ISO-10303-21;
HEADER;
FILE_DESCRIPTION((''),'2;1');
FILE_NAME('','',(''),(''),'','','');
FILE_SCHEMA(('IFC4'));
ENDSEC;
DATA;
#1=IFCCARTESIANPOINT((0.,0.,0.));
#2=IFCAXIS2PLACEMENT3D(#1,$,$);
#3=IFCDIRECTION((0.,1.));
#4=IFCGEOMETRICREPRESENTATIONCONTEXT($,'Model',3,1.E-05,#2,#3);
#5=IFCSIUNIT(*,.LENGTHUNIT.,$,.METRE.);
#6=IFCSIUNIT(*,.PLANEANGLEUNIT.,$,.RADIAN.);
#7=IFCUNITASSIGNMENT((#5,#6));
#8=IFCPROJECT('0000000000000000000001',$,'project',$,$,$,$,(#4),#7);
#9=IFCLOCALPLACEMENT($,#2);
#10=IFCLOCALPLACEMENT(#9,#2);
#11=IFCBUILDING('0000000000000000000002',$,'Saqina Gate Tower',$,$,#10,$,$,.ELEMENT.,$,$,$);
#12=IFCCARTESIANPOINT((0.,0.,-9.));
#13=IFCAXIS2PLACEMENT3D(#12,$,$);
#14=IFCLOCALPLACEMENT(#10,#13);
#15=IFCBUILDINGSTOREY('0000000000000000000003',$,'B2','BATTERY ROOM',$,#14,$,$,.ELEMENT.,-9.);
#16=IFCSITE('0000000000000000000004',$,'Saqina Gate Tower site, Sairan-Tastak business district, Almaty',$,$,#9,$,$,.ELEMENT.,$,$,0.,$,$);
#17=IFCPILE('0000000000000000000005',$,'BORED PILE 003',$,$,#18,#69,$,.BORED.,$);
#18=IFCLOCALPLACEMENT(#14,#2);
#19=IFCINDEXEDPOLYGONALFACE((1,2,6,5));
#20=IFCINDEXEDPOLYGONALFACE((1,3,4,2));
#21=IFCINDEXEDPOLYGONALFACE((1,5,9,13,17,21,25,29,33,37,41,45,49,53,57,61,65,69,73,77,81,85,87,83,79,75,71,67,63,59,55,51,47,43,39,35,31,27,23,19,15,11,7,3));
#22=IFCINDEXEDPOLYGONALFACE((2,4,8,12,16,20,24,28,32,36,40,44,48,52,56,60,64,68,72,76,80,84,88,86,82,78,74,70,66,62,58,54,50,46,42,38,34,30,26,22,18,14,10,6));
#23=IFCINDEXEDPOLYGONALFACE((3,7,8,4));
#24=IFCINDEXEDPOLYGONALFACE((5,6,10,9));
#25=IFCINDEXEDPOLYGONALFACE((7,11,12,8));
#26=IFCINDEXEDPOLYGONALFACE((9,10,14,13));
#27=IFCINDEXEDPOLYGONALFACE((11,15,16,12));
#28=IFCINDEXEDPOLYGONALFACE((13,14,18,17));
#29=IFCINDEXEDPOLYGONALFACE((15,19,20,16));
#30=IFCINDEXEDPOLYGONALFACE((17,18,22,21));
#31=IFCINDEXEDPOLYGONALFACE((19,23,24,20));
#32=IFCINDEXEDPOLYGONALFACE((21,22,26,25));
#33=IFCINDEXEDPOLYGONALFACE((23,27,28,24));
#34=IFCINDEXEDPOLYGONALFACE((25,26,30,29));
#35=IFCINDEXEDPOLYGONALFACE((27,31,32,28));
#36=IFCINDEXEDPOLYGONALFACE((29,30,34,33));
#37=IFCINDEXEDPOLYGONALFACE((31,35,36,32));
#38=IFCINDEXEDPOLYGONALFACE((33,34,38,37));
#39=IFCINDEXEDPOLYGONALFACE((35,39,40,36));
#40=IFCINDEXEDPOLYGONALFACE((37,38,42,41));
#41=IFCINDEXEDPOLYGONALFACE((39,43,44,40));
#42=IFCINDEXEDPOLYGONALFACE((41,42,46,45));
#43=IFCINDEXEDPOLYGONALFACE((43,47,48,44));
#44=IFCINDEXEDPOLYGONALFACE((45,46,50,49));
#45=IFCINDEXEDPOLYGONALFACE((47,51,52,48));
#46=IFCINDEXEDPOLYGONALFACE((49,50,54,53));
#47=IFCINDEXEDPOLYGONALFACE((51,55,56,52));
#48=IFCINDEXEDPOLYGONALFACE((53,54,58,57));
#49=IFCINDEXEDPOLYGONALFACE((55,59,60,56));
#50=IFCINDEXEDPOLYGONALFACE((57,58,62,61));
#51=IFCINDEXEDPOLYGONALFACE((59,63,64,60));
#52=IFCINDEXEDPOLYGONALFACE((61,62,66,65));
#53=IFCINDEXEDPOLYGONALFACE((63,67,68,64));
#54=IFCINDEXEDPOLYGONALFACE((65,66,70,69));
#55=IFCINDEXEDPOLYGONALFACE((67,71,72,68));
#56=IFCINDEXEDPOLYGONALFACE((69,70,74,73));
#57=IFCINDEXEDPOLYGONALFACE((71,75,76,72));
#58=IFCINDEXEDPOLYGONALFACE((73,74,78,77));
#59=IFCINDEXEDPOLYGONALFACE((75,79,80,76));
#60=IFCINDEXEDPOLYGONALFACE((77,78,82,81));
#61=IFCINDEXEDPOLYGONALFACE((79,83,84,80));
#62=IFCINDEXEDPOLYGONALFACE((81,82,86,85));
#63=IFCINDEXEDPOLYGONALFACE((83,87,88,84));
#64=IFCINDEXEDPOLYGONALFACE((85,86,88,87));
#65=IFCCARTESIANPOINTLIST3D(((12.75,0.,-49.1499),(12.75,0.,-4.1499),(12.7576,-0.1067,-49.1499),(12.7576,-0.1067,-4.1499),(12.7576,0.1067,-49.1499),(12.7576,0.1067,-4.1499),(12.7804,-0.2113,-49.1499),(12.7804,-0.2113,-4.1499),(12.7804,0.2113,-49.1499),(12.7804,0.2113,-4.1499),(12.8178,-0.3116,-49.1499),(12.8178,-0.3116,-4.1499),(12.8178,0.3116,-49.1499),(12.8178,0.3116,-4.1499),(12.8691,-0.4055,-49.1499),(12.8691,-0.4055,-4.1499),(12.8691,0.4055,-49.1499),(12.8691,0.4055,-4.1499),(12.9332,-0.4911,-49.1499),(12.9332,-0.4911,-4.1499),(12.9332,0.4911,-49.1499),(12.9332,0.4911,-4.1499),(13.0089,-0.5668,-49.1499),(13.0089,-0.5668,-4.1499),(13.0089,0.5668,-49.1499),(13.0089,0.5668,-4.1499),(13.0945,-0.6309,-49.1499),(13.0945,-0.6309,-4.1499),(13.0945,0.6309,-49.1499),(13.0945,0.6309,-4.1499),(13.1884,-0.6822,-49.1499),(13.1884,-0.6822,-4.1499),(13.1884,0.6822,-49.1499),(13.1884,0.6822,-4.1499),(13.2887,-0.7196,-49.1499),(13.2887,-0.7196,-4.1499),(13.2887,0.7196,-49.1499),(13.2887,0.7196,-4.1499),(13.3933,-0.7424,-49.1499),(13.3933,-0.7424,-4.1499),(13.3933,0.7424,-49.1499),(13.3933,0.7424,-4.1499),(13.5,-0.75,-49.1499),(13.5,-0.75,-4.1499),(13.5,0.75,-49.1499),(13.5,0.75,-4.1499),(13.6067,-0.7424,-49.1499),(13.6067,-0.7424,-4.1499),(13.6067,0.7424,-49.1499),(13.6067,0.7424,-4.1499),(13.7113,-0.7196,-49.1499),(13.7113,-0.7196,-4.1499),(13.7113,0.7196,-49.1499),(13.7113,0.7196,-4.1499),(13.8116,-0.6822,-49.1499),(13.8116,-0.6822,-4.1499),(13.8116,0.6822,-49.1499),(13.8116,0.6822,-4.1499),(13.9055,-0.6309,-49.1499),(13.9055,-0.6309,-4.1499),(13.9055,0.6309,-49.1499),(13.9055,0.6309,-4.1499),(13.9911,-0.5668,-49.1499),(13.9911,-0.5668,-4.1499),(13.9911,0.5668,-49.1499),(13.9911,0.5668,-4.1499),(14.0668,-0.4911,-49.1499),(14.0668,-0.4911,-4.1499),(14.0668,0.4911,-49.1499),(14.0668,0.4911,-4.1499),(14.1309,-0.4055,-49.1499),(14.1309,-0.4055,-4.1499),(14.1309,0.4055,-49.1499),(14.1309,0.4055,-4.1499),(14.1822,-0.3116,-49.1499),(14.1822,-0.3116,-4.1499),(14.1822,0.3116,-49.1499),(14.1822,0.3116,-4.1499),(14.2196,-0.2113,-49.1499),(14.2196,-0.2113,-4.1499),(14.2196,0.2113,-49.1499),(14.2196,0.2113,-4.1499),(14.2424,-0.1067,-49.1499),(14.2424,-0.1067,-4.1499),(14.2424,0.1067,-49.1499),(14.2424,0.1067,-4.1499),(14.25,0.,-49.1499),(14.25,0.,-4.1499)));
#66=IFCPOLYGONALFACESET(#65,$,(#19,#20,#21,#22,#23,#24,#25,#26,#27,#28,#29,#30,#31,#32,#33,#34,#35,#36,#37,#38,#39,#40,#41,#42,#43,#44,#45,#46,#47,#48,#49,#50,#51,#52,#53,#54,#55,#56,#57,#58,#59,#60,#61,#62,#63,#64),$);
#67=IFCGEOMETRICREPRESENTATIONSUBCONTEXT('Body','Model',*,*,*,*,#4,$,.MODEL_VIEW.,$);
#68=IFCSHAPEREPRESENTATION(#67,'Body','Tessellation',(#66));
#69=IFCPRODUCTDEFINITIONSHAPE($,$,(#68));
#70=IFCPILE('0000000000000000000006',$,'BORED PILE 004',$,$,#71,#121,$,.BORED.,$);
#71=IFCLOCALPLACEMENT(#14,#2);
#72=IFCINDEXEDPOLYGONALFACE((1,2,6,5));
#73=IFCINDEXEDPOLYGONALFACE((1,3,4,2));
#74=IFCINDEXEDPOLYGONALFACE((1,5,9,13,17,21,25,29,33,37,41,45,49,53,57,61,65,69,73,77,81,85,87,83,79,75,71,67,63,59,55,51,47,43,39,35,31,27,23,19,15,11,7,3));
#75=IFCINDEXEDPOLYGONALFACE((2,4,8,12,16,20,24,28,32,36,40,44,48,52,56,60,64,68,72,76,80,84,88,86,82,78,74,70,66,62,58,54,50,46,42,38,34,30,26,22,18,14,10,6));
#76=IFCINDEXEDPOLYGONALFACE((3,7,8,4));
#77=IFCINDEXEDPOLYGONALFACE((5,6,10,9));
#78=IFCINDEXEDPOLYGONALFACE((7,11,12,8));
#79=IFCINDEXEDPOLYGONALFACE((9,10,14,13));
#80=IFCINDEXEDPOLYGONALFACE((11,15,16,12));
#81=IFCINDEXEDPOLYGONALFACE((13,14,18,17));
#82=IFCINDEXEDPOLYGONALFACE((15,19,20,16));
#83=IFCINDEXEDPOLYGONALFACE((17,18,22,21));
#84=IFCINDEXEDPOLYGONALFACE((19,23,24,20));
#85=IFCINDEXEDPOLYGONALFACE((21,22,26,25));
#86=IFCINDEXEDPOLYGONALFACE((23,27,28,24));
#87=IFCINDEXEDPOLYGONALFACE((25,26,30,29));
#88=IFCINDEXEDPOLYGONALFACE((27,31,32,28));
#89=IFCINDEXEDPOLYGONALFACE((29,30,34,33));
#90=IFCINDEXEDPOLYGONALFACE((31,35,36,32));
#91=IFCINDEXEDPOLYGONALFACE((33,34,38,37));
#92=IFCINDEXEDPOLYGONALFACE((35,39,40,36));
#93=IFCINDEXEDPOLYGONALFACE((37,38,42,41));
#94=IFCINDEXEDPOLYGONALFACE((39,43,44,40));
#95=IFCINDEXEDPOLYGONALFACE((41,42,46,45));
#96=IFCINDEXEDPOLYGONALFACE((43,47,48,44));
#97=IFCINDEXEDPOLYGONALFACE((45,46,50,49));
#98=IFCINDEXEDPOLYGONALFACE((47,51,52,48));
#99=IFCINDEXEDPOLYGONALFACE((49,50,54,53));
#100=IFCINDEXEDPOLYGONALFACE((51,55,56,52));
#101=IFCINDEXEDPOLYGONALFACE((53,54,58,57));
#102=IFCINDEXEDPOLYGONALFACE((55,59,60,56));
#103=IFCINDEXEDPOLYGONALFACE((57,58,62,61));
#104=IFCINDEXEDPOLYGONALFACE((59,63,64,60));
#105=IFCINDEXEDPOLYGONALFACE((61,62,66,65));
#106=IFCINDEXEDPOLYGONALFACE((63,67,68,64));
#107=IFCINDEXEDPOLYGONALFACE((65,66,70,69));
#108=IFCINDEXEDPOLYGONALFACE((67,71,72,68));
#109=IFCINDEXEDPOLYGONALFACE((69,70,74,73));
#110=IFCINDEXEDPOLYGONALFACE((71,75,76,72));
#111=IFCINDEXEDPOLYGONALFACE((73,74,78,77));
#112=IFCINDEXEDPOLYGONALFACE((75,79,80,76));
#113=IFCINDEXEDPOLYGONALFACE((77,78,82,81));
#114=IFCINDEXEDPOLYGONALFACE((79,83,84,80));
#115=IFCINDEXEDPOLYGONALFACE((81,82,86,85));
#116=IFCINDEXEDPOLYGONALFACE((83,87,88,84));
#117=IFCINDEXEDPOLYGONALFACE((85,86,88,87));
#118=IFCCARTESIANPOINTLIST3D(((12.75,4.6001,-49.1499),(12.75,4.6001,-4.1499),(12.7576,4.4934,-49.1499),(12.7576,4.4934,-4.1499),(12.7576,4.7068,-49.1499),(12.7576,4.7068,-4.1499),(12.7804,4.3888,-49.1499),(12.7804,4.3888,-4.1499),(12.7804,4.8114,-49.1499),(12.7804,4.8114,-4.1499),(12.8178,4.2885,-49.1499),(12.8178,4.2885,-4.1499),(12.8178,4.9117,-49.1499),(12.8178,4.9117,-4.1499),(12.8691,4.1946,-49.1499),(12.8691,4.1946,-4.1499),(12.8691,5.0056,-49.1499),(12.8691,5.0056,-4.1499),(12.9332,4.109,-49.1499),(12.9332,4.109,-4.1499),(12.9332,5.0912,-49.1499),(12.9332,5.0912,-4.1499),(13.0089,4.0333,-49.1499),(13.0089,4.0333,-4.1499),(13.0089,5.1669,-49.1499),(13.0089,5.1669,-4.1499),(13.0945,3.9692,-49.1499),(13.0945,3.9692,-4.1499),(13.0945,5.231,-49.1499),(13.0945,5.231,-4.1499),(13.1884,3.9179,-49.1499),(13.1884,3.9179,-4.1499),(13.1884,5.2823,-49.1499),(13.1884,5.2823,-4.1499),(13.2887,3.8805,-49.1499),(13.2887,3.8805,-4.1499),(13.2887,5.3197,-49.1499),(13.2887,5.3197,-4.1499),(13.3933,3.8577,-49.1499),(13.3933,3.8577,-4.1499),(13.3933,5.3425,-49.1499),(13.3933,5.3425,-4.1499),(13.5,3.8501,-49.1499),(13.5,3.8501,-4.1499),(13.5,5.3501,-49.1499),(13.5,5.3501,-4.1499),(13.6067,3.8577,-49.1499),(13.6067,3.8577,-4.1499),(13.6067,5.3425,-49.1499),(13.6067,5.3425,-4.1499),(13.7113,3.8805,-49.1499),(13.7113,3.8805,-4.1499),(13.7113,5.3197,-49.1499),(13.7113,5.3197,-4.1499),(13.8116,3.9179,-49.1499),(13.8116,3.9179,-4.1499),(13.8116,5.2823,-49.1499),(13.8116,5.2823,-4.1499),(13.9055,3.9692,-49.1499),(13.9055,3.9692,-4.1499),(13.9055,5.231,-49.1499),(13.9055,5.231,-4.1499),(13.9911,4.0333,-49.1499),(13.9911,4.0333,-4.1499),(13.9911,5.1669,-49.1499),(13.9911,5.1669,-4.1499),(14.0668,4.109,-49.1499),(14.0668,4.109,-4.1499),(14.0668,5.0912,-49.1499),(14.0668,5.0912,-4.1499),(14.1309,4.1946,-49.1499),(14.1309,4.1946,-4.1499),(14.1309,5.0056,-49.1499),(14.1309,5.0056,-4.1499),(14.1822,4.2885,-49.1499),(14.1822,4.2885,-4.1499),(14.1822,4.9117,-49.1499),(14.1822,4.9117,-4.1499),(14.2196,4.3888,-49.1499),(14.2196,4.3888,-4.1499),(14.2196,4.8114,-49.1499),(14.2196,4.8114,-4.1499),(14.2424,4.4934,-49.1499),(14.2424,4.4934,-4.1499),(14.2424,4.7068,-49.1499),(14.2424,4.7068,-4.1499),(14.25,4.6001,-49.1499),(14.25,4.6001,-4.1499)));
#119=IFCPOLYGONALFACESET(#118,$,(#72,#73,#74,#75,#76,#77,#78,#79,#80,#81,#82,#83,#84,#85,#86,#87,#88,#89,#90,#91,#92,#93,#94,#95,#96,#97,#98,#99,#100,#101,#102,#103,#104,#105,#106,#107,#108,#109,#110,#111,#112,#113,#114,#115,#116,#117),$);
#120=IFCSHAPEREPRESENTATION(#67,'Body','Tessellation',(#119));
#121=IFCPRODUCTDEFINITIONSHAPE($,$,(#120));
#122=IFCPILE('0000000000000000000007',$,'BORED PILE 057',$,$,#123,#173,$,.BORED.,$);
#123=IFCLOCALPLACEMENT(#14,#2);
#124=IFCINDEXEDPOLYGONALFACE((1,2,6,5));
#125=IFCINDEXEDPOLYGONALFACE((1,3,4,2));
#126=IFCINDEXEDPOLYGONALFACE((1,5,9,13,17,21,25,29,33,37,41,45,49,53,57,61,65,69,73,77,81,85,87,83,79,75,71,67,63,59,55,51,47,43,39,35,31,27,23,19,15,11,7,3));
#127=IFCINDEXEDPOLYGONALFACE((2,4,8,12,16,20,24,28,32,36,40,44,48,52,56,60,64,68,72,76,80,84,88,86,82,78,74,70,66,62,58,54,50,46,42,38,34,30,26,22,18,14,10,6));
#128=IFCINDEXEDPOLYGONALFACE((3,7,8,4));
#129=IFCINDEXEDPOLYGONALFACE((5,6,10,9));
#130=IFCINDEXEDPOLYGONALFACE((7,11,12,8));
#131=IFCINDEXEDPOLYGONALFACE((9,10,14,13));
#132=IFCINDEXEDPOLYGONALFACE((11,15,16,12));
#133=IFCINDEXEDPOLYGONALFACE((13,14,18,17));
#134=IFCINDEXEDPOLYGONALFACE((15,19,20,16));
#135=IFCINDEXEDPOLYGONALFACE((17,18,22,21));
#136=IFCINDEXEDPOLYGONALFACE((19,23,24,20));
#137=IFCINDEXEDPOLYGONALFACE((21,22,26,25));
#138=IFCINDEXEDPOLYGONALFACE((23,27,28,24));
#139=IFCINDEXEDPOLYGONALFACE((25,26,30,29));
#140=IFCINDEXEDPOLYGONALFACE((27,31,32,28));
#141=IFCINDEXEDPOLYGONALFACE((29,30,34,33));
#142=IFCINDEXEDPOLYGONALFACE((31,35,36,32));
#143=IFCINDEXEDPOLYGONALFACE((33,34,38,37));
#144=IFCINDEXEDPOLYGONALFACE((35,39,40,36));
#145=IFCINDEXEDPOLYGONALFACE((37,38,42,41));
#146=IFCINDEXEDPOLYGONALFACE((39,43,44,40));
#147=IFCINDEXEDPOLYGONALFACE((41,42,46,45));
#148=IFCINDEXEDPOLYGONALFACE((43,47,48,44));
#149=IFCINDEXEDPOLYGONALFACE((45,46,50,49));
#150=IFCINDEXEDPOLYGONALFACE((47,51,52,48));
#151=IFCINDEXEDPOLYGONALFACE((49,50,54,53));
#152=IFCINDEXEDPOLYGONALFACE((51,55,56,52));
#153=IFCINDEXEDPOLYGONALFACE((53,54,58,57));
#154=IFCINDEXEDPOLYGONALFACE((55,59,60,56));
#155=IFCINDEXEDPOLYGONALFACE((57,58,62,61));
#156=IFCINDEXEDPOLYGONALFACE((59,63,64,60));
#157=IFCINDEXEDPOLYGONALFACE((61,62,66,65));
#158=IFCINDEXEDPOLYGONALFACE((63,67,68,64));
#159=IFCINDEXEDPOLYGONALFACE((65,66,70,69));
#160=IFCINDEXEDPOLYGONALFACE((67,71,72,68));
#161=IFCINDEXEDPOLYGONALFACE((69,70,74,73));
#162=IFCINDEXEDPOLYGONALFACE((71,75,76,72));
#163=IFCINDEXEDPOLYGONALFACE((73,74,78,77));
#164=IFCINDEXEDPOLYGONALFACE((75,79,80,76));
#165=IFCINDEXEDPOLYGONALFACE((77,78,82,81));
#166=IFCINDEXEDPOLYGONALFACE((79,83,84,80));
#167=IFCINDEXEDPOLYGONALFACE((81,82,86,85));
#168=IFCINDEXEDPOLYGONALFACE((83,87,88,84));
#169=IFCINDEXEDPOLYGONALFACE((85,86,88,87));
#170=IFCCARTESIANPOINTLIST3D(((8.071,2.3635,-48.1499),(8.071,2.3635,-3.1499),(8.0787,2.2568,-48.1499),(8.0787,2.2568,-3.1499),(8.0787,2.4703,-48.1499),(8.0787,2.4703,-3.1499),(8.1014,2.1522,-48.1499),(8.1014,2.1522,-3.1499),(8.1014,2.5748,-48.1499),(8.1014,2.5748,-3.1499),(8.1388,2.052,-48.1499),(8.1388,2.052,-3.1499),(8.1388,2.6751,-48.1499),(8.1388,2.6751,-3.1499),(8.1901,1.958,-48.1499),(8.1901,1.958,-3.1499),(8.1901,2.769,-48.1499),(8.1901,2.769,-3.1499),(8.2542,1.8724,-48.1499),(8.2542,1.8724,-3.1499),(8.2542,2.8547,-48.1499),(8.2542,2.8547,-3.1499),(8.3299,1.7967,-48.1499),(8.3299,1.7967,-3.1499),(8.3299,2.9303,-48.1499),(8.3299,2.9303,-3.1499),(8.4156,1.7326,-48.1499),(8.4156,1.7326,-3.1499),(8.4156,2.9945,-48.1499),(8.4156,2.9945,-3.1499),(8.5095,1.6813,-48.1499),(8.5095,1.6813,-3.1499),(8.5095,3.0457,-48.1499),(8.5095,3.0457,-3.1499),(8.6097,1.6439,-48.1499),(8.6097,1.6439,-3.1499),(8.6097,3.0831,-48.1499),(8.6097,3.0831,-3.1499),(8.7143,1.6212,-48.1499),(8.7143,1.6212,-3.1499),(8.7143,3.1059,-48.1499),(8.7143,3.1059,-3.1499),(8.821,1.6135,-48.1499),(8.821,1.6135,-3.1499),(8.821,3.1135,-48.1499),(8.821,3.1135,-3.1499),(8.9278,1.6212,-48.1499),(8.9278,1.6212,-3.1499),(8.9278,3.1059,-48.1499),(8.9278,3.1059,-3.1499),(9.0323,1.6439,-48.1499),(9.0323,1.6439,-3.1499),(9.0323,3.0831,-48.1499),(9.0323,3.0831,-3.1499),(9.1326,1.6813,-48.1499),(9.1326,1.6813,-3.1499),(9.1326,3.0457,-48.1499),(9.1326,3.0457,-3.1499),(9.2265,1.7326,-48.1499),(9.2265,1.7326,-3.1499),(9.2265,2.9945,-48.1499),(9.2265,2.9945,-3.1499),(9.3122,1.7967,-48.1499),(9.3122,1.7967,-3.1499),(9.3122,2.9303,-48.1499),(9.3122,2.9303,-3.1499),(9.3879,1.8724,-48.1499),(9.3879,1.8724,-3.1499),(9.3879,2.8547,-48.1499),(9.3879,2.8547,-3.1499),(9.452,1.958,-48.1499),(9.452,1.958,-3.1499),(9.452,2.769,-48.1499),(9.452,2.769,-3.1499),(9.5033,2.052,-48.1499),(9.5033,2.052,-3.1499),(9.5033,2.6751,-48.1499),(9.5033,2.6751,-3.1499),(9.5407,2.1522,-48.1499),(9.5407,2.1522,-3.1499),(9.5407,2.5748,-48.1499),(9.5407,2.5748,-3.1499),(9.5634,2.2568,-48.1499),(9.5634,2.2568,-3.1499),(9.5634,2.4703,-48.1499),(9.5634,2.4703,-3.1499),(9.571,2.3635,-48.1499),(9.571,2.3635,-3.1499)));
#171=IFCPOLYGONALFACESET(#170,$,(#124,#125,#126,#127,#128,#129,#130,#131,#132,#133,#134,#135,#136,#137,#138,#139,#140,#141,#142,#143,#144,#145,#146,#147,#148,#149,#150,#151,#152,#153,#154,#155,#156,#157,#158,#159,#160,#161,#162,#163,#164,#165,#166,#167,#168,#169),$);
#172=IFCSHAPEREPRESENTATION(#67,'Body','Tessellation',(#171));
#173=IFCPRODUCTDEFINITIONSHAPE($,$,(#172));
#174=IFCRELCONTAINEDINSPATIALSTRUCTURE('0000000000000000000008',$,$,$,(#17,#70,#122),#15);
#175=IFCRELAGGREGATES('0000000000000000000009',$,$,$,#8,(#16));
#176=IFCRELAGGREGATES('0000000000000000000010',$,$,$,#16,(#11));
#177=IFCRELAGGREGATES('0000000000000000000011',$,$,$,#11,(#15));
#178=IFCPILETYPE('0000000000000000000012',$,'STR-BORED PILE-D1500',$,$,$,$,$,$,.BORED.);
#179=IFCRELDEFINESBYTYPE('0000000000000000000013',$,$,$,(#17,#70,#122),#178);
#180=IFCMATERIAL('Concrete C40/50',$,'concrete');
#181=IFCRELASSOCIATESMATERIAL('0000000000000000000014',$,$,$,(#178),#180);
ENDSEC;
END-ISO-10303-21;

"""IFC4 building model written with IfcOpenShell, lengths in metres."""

from ifc_helpers import new_model, si_unit, direction, frame, origin, origin_2d, place, context, subcontext, project, spatial, circle, extrude, material, material_profile, profile_set, type_object, element, save


model = new_model("IFC4")

# Units and contexts
model_context = context("Model", 3, precision=1e-05, world=origin(), true_north=direction((0.0, 1.0)))
body_context = subcontext(model_context, "Body", "Model", "MODEL_VIEW")
ifc_project = project(units=[si_unit("LENGTHUNIT", "METRE"), si_unit("PLANEANGLEUNIT", "RADIAN")], contexts=[model_context])

# Site, building, storey
site_placement = place(None, origin())
site = spatial("IfcSite", under=ifc_project, at=site_placement, Name="Saqina Gate Tower site, Sairan-Tastak business district, Almaty", CompositionType="ELEMENT", RefElevation=0.0)
building_placement = place(site_placement, origin())
building = spatial("IfcBuilding", under=site, at=building_placement, Name="Saqina Gate Tower", CompositionType="ELEMENT")
storey_placement = place(building_placement, frame((0.0, 0.0, -9.0)))
storey = spatial("IfcBuildingStorey", under=building, at=storey_placement, Name="B2", Description="BATTERY ROOM", CompositionType="ELEMENT", Elevation=-9.0)

# Piles
ifc_material_1 = material(Name="Concrete C40/50", Category="concrete")
ifc_material_profile_1 = material_profile(ifc_material_1, circle(Radius=0.75, at=origin_2d()), Name="RC D1500")
ifc_profile_set_1 = profile_set([ifc_material_profile_1], Name="Concrete C40/50")
pile_type = type_object("IfcPileType", Name="STR-BORED PILE-D1500", PredefinedType="BORED", material=ifc_profile_set_1)
for number, where, z_axis, x_axis, name in (
    (1, (13.5, 0.0, -4.1499), (0.0, 0.0, -1.0), (1.0, 0.0, 0.0), "BORED PILE 003"),
    (2, (13.5, 4.6001, -4.1499), (0.0, 0.0, -1.0), (1.0, 0.0, 0.0), "BORED PILE 004"),
    (3, (8.821, 2.3635, -3.1499), (0.0, 0.0, -1.0), (1.0, 0.0, 0.0), "BORED PILE 057"),
):
    element("IfcPile", number, at=place(storey_placement, frame(where, z_axis=z_axis, x_axis=x_axis)), inside=storey, type_object=pile_type, Name=name, PredefinedType="BORED", context=body_context, shape_type="SweptSolid", body=[
        extrude(circle(Radius=0.75, at=origin_2d()), origin(), (0.0, 0.0, 1.0), 45.0),
    ])

save(model, "model.ifc")
